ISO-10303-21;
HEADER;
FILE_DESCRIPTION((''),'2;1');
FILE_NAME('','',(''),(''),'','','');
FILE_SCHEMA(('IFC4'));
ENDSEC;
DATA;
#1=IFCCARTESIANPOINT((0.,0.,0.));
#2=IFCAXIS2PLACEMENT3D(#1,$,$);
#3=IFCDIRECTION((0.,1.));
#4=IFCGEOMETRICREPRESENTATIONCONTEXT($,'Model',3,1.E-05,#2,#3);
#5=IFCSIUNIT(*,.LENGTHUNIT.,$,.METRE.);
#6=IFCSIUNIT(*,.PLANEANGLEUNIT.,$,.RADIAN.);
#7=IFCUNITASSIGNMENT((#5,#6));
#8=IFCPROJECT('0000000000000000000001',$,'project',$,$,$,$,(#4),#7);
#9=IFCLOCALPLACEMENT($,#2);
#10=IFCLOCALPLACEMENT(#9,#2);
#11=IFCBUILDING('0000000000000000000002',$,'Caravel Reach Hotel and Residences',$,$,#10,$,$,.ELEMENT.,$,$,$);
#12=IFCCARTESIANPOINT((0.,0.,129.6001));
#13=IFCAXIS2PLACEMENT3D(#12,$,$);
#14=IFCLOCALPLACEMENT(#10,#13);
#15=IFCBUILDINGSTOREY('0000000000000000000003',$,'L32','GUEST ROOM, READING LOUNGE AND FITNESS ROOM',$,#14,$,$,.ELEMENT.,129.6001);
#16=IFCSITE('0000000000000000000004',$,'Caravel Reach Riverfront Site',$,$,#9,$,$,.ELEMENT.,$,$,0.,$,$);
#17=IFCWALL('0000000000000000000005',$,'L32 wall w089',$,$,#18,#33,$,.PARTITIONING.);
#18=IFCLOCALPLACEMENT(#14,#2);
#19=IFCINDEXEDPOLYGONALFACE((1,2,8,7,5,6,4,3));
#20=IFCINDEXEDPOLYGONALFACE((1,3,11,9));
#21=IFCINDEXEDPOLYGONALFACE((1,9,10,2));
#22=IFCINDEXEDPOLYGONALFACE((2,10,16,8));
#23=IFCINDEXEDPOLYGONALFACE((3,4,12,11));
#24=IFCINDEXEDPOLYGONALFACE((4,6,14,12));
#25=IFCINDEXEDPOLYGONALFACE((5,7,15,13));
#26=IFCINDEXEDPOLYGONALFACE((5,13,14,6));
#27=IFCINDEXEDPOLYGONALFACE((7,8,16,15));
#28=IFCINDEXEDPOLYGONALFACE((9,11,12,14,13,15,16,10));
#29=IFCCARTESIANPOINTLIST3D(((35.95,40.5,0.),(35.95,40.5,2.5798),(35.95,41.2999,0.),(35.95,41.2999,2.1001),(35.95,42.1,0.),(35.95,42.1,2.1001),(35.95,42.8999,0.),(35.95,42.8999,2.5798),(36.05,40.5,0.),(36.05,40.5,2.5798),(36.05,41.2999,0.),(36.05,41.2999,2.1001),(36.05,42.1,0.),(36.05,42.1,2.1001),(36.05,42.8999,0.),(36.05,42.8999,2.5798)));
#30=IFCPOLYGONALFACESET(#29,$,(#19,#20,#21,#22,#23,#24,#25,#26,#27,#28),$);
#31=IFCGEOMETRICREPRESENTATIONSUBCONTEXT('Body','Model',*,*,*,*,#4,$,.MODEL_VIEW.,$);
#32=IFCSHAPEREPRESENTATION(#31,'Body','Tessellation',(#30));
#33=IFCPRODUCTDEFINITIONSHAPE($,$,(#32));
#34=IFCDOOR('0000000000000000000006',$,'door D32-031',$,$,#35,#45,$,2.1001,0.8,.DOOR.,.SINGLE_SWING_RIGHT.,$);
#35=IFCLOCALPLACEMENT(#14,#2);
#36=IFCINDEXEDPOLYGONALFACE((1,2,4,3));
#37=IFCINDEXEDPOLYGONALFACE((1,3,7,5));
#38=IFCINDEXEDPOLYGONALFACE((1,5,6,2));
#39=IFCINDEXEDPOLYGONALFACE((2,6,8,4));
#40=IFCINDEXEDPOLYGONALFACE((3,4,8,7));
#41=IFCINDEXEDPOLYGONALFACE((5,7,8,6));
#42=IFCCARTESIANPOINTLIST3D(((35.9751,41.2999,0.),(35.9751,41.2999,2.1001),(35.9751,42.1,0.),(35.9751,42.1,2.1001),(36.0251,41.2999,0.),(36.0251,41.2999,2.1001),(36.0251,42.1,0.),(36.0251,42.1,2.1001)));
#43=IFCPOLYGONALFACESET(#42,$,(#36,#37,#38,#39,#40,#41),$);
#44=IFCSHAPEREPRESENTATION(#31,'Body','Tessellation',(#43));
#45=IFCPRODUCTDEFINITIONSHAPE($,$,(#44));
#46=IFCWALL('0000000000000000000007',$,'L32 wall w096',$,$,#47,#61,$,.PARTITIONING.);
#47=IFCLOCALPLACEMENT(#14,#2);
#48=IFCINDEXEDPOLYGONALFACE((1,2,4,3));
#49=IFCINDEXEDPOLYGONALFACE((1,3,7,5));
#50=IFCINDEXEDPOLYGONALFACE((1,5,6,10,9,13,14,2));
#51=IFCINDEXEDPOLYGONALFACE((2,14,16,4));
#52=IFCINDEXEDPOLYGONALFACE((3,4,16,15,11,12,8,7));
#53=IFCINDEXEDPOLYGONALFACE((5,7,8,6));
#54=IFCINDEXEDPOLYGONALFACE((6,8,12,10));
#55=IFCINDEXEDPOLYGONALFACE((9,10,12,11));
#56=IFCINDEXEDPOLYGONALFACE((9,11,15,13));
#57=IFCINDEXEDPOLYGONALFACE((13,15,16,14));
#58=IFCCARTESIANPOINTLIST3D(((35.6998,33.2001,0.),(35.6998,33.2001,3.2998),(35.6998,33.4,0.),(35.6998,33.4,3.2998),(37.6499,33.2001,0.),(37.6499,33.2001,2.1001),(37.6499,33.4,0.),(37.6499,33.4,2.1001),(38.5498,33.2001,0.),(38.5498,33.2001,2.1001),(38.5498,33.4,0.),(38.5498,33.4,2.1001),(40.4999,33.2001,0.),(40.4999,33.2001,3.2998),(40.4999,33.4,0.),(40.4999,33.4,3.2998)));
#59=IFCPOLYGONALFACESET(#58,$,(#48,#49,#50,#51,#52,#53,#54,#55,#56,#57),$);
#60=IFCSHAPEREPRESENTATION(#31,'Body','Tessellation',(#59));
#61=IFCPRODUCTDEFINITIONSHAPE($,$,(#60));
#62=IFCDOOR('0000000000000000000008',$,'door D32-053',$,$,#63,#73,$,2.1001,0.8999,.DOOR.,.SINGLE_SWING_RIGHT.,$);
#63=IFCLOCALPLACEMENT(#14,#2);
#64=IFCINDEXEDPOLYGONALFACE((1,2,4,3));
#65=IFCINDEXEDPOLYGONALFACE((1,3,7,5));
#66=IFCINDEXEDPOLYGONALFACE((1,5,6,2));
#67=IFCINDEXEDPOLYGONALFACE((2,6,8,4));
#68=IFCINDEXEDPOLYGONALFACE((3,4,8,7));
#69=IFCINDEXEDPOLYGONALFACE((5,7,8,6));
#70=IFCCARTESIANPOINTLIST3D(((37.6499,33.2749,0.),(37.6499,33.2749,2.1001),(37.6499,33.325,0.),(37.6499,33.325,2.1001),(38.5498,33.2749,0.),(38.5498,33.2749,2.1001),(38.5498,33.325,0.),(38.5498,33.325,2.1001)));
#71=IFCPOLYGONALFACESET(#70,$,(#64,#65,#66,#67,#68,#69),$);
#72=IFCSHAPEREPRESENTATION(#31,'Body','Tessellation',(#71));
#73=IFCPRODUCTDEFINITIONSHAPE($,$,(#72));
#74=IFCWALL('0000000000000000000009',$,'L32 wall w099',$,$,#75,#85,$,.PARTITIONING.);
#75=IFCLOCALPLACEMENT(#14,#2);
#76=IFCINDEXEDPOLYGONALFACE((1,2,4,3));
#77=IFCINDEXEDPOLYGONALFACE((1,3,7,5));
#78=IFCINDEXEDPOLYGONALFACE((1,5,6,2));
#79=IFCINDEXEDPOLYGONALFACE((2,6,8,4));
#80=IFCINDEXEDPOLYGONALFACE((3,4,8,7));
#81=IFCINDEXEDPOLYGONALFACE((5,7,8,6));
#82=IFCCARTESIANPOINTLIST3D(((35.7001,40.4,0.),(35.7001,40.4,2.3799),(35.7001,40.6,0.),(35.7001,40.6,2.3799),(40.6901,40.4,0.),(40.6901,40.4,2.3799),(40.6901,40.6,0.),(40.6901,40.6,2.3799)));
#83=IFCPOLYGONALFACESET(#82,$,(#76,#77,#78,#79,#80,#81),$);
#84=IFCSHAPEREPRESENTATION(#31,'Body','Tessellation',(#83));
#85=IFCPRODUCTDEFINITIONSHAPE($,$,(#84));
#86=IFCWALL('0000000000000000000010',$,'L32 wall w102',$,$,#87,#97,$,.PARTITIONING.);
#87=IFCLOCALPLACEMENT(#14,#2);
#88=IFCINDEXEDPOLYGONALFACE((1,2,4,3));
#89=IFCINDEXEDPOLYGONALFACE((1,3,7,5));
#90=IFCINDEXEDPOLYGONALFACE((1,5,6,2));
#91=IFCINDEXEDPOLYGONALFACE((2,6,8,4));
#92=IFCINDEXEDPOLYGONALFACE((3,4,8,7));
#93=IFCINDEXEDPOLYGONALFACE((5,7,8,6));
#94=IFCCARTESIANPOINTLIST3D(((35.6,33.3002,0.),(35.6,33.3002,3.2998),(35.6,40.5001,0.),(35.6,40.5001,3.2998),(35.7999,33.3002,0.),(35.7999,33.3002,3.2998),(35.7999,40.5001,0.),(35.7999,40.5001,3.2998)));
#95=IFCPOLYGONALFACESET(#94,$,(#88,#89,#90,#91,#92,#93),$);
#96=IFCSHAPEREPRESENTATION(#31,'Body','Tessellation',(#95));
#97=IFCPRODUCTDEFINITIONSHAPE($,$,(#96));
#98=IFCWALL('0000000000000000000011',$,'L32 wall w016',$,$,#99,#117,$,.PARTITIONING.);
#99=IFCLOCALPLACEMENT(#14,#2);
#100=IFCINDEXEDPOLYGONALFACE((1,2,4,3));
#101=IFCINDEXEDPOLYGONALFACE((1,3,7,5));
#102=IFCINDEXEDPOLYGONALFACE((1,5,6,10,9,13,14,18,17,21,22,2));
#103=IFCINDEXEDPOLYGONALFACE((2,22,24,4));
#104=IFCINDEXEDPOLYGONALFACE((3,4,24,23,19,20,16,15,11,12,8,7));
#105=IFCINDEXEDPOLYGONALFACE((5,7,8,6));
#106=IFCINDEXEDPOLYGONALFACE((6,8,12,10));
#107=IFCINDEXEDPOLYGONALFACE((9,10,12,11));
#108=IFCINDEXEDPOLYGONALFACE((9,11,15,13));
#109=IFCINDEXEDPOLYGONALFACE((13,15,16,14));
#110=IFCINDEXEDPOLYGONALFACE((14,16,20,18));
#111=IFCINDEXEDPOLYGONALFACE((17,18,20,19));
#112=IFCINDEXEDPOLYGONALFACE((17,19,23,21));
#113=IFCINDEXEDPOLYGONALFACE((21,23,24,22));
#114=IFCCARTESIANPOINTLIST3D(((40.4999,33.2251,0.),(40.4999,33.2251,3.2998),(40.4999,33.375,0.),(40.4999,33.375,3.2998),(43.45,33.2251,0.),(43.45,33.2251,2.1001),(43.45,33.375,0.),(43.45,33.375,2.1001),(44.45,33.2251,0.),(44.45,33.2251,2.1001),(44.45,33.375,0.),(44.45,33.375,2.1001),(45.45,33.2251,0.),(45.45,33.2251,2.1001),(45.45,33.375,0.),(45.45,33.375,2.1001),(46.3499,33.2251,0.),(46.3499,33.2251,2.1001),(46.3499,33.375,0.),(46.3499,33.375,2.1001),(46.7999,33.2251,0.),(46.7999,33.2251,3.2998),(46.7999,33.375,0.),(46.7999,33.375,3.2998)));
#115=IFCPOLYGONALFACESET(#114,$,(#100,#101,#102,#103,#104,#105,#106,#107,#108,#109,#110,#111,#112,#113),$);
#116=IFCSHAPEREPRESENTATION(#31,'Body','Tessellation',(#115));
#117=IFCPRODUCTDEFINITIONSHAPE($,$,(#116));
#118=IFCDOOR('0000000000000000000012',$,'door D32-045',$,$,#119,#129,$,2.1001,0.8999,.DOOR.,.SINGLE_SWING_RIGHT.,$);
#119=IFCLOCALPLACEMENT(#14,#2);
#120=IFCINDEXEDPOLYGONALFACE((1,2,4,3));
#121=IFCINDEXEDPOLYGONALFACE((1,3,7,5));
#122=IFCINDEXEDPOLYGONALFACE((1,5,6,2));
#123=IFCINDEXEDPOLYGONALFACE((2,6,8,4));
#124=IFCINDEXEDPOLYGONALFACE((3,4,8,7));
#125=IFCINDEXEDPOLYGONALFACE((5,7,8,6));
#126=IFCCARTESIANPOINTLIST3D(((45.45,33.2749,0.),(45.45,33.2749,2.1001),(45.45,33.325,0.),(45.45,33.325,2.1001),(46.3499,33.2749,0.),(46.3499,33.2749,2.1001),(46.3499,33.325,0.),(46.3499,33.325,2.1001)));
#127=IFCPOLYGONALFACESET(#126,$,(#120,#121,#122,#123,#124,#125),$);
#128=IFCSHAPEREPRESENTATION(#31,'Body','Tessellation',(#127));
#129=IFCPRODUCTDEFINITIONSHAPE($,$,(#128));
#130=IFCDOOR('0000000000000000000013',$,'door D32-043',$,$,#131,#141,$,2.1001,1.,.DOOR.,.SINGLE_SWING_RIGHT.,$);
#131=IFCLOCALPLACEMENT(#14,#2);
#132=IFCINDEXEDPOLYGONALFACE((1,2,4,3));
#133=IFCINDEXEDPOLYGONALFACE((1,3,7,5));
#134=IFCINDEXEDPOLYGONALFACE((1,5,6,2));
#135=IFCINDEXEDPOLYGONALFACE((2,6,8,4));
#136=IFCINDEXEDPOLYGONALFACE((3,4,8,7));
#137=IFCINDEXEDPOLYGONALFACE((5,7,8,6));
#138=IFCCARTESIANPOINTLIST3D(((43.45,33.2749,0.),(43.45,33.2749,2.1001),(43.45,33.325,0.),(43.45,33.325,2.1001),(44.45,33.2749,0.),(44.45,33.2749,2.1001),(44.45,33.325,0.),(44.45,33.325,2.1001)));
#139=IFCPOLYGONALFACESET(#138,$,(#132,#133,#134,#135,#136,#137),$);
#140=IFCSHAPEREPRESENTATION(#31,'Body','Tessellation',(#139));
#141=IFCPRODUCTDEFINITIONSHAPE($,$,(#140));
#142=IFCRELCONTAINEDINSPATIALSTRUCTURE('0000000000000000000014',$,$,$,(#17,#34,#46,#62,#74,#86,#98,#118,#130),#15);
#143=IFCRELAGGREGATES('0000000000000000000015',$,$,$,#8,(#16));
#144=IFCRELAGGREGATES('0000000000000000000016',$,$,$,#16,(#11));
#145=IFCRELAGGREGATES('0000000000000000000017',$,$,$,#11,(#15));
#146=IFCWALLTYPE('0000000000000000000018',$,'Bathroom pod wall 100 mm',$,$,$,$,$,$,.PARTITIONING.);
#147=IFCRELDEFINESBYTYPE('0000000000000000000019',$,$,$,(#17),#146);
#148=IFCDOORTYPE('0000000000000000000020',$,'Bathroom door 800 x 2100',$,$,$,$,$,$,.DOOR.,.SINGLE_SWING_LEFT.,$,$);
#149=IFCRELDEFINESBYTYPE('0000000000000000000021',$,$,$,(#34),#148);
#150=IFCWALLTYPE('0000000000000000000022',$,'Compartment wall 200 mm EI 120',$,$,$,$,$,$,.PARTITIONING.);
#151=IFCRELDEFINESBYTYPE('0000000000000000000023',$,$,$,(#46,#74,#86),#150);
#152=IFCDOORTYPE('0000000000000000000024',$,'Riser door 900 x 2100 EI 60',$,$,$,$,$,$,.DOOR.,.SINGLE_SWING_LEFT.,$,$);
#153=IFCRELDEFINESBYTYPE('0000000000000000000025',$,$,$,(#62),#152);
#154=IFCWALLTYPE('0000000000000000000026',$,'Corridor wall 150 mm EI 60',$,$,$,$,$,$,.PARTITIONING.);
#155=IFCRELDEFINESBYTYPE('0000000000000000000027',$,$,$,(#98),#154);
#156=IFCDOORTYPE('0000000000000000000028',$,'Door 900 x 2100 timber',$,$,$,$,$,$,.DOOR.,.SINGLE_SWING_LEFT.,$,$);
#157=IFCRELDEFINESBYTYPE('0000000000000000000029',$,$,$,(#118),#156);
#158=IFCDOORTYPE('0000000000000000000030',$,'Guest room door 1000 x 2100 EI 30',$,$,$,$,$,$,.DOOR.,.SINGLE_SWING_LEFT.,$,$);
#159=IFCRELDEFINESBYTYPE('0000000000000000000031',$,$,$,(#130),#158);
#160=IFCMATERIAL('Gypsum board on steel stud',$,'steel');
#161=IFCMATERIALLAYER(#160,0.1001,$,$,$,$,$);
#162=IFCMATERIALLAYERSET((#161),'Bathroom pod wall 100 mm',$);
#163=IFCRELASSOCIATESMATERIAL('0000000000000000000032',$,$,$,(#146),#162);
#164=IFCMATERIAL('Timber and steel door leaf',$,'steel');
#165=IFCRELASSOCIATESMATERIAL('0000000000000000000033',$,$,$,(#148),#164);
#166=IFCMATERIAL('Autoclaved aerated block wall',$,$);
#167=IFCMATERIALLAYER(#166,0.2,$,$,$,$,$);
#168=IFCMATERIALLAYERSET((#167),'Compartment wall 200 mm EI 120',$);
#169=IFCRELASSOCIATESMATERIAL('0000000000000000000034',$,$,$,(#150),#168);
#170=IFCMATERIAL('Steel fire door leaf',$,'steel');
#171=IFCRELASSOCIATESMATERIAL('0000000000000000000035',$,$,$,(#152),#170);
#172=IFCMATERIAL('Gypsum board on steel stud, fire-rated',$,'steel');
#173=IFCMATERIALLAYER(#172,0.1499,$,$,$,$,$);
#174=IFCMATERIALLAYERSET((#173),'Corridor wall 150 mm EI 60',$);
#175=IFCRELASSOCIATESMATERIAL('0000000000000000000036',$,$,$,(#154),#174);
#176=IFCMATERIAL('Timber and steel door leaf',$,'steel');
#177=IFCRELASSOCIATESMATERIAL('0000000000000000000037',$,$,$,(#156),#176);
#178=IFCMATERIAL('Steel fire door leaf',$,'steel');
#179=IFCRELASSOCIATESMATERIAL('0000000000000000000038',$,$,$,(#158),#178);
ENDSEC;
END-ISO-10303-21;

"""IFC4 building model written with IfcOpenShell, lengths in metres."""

from ifc_helpers import new_model, si_unit, direction, frame, frame_2d, origin, place, context, subcontext, project, spatial, rectangle, extrude, material, layer, layer_set, type_object, element, fill, save


model = new_model("IFC4")

# Units and contexts
model_context = context("Model", 3, precision=1e-05, world=origin(), true_north=direction((0.0, 1.0)))
body_context = subcontext(model_context, "Body", "Model", "MODEL_VIEW")
ifc_project = project(units=[si_unit("LENGTHUNIT", "METRE"), si_unit("PLANEANGLEUNIT", "RADIAN")], contexts=[model_context])

# Site, building, storey
site_placement = place(None, origin())
site = spatial("IfcSite", under=ifc_project, at=site_placement, Name="Caravel Reach Riverfront Site", CompositionType="ELEMENT", RefElevation=0.0)
building_placement = place(site_placement, origin())
building = spatial("IfcBuilding", under=site, at=building_placement, Name="Caravel Reach Hotel and Residences", CompositionType="ELEMENT")
storey_placement = place(building_placement, frame((0.0, 0.0, 129.6001)))
storey = spatial("IfcBuildingStorey", under=building, at=storey_placement, Name="L32", Description="GUEST ROOM, READING LOUNGE AND FITNESS ROOM", CompositionType="ELEMENT", Elevation=129.6001)

# Walls, openings, doors
ifc_material_1 = material(Name="Gypsum board on steel stud", Category="steel")
ifc_layer_1 = layer(ifc_material_1, 0.1001)
ifc_layer_set_1 = layer_set([ifc_layer_1], Name="Bathroom pod wall 100 mm")
wall_type_1 = type_object("IfcWallType", Name="Bathroom pod wall 100 mm", PredefinedType="PARTITIONING", material=ifc_layer_set_1)
wall_1_placement = place(storey_placement, frame((36.0, 40.5, 0.0), z_axis=(0.0, 0.0, 1.0), x_axis=(0.0, 1.0, 0.0)))
wall_1 = element("IfcWall", 1, at=wall_1_placement, inside=storey, type_object=wall_type_1, Name="L32 wall w089", PredefinedType="PARTITIONING", context=body_context, shape_type="SweptSolid", body=[
    extrude(rectangle(XDim=2.3999, YDim=0.1001, at=frame_2d((1.2, 0.0))), origin(), (0.0, 0.0, 1.0), 2.5798),
])
opening_1_placement = place(wall_1_placement, frame((0.8, 0.0, 0.0)))
opening_1 = element("IfcOpeningElement", 2, at=opening_1_placement, cuts=wall_1, PredefinedType="OPENING", context=body_context, shape_type="SweptSolid", body=[
    extrude(rectangle(XDim=0.8, YDim=2.1001, at=frame_2d((0.3999, 1.05))), frame((0.0, 0.0601, 0.0), z_axis=(0.0, -1.0, 0.0), x_axis=(1.0, 0.0, 0.0)), (0.0, 0.0, 1.0), 0.1201),
])
ifc_material_2 = material(Name="Timber and steel door leaf", Category="steel")
door_type_1 = type_object("IfcDoorType", Name="Bathroom door 800 x 2100", OperationType="SINGLE_SWING_LEFT", PredefinedType="DOOR", material=ifc_material_2)
door_1_placement = place(opening_1_placement, origin())
door_1 = element("IfcDoor", 3, at=door_1_placement, inside=storey, type_object=door_type_1, Name="door D32-031", OperationType="SINGLE_SWING_RIGHT", OverallHeight=2.1001, OverallWidth=0.8, PredefinedType="DOOR", context=body_context, shape_type="SweptSolid", body=[
    extrude(rectangle(XDim=0.8, YDim=2.1001, at=frame_2d((0.3999, 1.05))), frame((0.0, 0.0249, 0.0), z_axis=(0.0, -1.0, 0.0), x_axis=(1.0, 0.0, 0.0)), (0.0, 0.0, 1.0), 0.05),
])
fill(opening_1, door_1)
ifc_material_3 = material(Name="Autoclaved aerated block wall")
ifc_layer_2 = layer(ifc_material_3, 0.2)
ifc_layer_set_2 = layer_set([ifc_layer_2], Name="Compartment wall 200 mm EI 120")
wall_type_2 = type_object("IfcWallType", Name="Compartment wall 200 mm EI 120", PredefinedType="PARTITIONING", material=ifc_layer_set_2)
wall_2_placement = place(storey_placement, frame((35.7, 33.3, 0.0), z_axis=(0.0, 0.0, 1.0), x_axis=(1.0, 0.0, 0.0)))
wall_2 = element("IfcWall", 4, at=wall_2_placement, inside=storey, type_object=wall_type_2, Name="L32 wall w096", PredefinedType="PARTITIONING", context=body_context, shape_type="SweptSolid", body=[
    extrude(rectangle(XDim=4.8, YDim=0.2, at=frame_2d((2.3999, 0.0))), origin(), (0.0, 0.0, 1.0), 3.2998),
])
opening_2_placement = place(wall_2_placement, frame((1.95, 0.0, 0.0)))
opening_2 = element("IfcOpeningElement", 5, at=opening_2_placement, cuts=wall_2, PredefinedType="OPENING", context=body_context, shape_type="SweptSolid", body=[
    extrude(rectangle(XDim=0.8999, YDim=2.1001, at=frame_2d((0.45, 1.05))), frame((0.0, 0.1099, 0.0), z_axis=(0.0, -1.0, 0.0), x_axis=(1.0, 0.0, 0.0)), (0.0, 0.0, 1.0), 0.22),
])
ifc_material_4 = material(Name="Steel fire door leaf", Category="steel")
door_type_2 = type_object("IfcDoorType", Name="Riser door 900 x 2100 EI 60", OperationType="SINGLE_SWING_LEFT", PredefinedType="DOOR", material=ifc_material_4)
door_2_placement = place(opening_2_placement, origin())
door_2 = element("IfcDoor", 6, at=door_2_placement, inside=storey, type_object=door_type_2, Name="door D32-053", OperationType="SINGLE_SWING_RIGHT", OverallHeight=2.1001, OverallWidth=0.8999, PredefinedType="DOOR", context=body_context, shape_type="SweptSolid", body=[
    extrude(rectangle(XDim=0.8999, YDim=2.1001, at=frame_2d((0.45, 1.05))), frame((0.0, 0.0249, 0.0), z_axis=(0.0, -1.0, 0.0), x_axis=(1.0, 0.0, 0.0)), (0.0, 0.0, 1.0), 0.05),
])
fill(opening_2, door_2)

# Walls
wall_3_placement = place(storey_placement, frame((35.7, 40.5, 0.0), z_axis=(0.0, 0.0, 1.0), x_axis=(1.0, 0.0, 0.0)))
element("IfcWall", 7, at=wall_3_placement, inside=storey, type_object=wall_type_2, Name="L32 wall w099", PredefinedType="PARTITIONING", context=body_context, shape_type="SweptSolid", body=[
    extrude(rectangle(XDim=4.99, YDim=0.2, at=frame_2d((2.4951, 0.0))), origin(), (0.0, 0.0, 1.0), 2.3799),
])
wall_4_placement = place(storey_placement, frame((35.7, 33.3, 0.0), z_axis=(0.0, 0.0, 1.0), x_axis=(0.0, 1.0, 0.0)))
element("IfcWall", 8, at=wall_4_placement, inside=storey, type_object=wall_type_2, Name="L32 wall w102", PredefinedType="PARTITIONING", context=body_context, shape_type="SweptSolid", body=[
    extrude(rectangle(XDim=7.2, YDim=0.2, at=frame_2d((3.6001, 0.0))), origin(), (0.0, 0.0, 1.0), 3.2998),
])

# Wall, openings, doors
ifc_material_5 = material(Name="Gypsum board on steel stud, fire-rated", Category="steel")
ifc_layer_3 = layer(ifc_material_5, 0.1499)
ifc_layer_set_3 = layer_set([ifc_layer_3], Name="Corridor wall 150 mm EI 60")
wall_type_3 = type_object("IfcWallType", Name="Corridor wall 150 mm EI 60", PredefinedType="PARTITIONING", material=ifc_layer_set_3)
wall_5_placement = place(storey_placement, frame((40.5, 33.3, 0.0), z_axis=(0.0, 0.0, 1.0), x_axis=(1.0, 0.0, 0.0)))
wall_5 = element("IfcWall", 9, at=wall_5_placement, inside=storey, type_object=wall_type_3, Name="L32 wall w016", PredefinedType="PARTITIONING", context=body_context, shape_type="SweptSolid", body=[
    extrude(rectangle(XDim=6.3, YDim=0.1499, at=frame_2d((3.1499, 0.0))), origin(), (0.0, 0.0, 1.0), 3.2998),
])
opening_3_placement = place(wall_5_placement, frame((2.95, 0.0, 0.0)))
opening_3 = element("IfcOpeningElement", 10, at=opening_3_placement, cuts=wall_5, PredefinedType="OPENING", context=body_context, shape_type="SweptSolid", body=[
    extrude(rectangle(XDim=1.0, YDim=2.1001, at=frame_2d((0.5, 1.05))), frame((0.0, 0.085, 0.0), z_axis=(0.0, -1.0, 0.0), x_axis=(1.0, 0.0, 0.0)), (0.0, 0.0, 1.0), 0.1699),
])
opening_4_placement = place(wall_5_placement, frame((4.95, 0.0, 0.0)))
opening_4 = element("IfcOpeningElement", 11, at=opening_4_placement, cuts=wall_5, PredefinedType="OPENING", context=body_context, shape_type="SweptSolid", body=[
    extrude(rectangle(XDim=0.8999, YDim=2.1001, at=frame_2d((0.45, 1.05))), frame((0.0, 0.085, 0.0), z_axis=(0.0, -1.0, 0.0), x_axis=(1.0, 0.0, 0.0)), (0.0, 0.0, 1.0), 0.1699),
])
ifc_material_6 = material(Name="Timber and steel door leaf", Category="steel")
door_type_3 = type_object("IfcDoorType", Name="Door 900 x 2100 timber", OperationType="SINGLE_SWING_LEFT", PredefinedType="DOOR", material=ifc_material_6)
door_3_placement = place(opening_4_placement, origin())
door_3 = element("IfcDoor", 12, at=door_3_placement, inside=storey, type_object=door_type_3, Name="door D32-045", OperationType="SINGLE_SWING_RIGHT", OverallHeight=2.1001, OverallWidth=0.8999, PredefinedType="DOOR", context=body_context, shape_type="SweptSolid", body=[
    extrude(rectangle(XDim=0.8999, YDim=2.1001, at=frame_2d((0.45, 1.05))), frame((0.0, 0.0249, 0.0), z_axis=(0.0, -1.0, 0.0), x_axis=(1.0, 0.0, 0.0)), (0.0, 0.0, 1.0), 0.05),
])
fill(opening_4, door_3)
ifc_material_7 = material(Name="Steel fire door leaf", Category="steel")
door_type_4 = type_object("IfcDoorType", Name="Guest room door 1000 x 2100 EI 30", OperationType="SINGLE_SWING_LEFT", PredefinedType="DOOR", material=ifc_material_7)
door_4_placement = place(opening_3_placement, origin())
door_4 = element("IfcDoor", 13, at=door_4_placement, inside=storey, type_object=door_type_4, Name="door D32-043", OperationType="SINGLE_SWING_RIGHT", OverallHeight=2.1001, OverallWidth=1.0, PredefinedType="DOOR", context=body_context, shape_type="SweptSolid", body=[
    extrude(rectangle(XDim=1.0, YDim=2.1001, at=frame_2d((0.5, 1.05))), frame((0.0, 0.0249, 0.0), z_axis=(0.0, -1.0, 0.0), x_axis=(1.0, 0.0, 0.0)), (0.0, 0.0, 1.0), 0.05),
])
fill(opening_3, door_4)

save(model, "model.ifc")
